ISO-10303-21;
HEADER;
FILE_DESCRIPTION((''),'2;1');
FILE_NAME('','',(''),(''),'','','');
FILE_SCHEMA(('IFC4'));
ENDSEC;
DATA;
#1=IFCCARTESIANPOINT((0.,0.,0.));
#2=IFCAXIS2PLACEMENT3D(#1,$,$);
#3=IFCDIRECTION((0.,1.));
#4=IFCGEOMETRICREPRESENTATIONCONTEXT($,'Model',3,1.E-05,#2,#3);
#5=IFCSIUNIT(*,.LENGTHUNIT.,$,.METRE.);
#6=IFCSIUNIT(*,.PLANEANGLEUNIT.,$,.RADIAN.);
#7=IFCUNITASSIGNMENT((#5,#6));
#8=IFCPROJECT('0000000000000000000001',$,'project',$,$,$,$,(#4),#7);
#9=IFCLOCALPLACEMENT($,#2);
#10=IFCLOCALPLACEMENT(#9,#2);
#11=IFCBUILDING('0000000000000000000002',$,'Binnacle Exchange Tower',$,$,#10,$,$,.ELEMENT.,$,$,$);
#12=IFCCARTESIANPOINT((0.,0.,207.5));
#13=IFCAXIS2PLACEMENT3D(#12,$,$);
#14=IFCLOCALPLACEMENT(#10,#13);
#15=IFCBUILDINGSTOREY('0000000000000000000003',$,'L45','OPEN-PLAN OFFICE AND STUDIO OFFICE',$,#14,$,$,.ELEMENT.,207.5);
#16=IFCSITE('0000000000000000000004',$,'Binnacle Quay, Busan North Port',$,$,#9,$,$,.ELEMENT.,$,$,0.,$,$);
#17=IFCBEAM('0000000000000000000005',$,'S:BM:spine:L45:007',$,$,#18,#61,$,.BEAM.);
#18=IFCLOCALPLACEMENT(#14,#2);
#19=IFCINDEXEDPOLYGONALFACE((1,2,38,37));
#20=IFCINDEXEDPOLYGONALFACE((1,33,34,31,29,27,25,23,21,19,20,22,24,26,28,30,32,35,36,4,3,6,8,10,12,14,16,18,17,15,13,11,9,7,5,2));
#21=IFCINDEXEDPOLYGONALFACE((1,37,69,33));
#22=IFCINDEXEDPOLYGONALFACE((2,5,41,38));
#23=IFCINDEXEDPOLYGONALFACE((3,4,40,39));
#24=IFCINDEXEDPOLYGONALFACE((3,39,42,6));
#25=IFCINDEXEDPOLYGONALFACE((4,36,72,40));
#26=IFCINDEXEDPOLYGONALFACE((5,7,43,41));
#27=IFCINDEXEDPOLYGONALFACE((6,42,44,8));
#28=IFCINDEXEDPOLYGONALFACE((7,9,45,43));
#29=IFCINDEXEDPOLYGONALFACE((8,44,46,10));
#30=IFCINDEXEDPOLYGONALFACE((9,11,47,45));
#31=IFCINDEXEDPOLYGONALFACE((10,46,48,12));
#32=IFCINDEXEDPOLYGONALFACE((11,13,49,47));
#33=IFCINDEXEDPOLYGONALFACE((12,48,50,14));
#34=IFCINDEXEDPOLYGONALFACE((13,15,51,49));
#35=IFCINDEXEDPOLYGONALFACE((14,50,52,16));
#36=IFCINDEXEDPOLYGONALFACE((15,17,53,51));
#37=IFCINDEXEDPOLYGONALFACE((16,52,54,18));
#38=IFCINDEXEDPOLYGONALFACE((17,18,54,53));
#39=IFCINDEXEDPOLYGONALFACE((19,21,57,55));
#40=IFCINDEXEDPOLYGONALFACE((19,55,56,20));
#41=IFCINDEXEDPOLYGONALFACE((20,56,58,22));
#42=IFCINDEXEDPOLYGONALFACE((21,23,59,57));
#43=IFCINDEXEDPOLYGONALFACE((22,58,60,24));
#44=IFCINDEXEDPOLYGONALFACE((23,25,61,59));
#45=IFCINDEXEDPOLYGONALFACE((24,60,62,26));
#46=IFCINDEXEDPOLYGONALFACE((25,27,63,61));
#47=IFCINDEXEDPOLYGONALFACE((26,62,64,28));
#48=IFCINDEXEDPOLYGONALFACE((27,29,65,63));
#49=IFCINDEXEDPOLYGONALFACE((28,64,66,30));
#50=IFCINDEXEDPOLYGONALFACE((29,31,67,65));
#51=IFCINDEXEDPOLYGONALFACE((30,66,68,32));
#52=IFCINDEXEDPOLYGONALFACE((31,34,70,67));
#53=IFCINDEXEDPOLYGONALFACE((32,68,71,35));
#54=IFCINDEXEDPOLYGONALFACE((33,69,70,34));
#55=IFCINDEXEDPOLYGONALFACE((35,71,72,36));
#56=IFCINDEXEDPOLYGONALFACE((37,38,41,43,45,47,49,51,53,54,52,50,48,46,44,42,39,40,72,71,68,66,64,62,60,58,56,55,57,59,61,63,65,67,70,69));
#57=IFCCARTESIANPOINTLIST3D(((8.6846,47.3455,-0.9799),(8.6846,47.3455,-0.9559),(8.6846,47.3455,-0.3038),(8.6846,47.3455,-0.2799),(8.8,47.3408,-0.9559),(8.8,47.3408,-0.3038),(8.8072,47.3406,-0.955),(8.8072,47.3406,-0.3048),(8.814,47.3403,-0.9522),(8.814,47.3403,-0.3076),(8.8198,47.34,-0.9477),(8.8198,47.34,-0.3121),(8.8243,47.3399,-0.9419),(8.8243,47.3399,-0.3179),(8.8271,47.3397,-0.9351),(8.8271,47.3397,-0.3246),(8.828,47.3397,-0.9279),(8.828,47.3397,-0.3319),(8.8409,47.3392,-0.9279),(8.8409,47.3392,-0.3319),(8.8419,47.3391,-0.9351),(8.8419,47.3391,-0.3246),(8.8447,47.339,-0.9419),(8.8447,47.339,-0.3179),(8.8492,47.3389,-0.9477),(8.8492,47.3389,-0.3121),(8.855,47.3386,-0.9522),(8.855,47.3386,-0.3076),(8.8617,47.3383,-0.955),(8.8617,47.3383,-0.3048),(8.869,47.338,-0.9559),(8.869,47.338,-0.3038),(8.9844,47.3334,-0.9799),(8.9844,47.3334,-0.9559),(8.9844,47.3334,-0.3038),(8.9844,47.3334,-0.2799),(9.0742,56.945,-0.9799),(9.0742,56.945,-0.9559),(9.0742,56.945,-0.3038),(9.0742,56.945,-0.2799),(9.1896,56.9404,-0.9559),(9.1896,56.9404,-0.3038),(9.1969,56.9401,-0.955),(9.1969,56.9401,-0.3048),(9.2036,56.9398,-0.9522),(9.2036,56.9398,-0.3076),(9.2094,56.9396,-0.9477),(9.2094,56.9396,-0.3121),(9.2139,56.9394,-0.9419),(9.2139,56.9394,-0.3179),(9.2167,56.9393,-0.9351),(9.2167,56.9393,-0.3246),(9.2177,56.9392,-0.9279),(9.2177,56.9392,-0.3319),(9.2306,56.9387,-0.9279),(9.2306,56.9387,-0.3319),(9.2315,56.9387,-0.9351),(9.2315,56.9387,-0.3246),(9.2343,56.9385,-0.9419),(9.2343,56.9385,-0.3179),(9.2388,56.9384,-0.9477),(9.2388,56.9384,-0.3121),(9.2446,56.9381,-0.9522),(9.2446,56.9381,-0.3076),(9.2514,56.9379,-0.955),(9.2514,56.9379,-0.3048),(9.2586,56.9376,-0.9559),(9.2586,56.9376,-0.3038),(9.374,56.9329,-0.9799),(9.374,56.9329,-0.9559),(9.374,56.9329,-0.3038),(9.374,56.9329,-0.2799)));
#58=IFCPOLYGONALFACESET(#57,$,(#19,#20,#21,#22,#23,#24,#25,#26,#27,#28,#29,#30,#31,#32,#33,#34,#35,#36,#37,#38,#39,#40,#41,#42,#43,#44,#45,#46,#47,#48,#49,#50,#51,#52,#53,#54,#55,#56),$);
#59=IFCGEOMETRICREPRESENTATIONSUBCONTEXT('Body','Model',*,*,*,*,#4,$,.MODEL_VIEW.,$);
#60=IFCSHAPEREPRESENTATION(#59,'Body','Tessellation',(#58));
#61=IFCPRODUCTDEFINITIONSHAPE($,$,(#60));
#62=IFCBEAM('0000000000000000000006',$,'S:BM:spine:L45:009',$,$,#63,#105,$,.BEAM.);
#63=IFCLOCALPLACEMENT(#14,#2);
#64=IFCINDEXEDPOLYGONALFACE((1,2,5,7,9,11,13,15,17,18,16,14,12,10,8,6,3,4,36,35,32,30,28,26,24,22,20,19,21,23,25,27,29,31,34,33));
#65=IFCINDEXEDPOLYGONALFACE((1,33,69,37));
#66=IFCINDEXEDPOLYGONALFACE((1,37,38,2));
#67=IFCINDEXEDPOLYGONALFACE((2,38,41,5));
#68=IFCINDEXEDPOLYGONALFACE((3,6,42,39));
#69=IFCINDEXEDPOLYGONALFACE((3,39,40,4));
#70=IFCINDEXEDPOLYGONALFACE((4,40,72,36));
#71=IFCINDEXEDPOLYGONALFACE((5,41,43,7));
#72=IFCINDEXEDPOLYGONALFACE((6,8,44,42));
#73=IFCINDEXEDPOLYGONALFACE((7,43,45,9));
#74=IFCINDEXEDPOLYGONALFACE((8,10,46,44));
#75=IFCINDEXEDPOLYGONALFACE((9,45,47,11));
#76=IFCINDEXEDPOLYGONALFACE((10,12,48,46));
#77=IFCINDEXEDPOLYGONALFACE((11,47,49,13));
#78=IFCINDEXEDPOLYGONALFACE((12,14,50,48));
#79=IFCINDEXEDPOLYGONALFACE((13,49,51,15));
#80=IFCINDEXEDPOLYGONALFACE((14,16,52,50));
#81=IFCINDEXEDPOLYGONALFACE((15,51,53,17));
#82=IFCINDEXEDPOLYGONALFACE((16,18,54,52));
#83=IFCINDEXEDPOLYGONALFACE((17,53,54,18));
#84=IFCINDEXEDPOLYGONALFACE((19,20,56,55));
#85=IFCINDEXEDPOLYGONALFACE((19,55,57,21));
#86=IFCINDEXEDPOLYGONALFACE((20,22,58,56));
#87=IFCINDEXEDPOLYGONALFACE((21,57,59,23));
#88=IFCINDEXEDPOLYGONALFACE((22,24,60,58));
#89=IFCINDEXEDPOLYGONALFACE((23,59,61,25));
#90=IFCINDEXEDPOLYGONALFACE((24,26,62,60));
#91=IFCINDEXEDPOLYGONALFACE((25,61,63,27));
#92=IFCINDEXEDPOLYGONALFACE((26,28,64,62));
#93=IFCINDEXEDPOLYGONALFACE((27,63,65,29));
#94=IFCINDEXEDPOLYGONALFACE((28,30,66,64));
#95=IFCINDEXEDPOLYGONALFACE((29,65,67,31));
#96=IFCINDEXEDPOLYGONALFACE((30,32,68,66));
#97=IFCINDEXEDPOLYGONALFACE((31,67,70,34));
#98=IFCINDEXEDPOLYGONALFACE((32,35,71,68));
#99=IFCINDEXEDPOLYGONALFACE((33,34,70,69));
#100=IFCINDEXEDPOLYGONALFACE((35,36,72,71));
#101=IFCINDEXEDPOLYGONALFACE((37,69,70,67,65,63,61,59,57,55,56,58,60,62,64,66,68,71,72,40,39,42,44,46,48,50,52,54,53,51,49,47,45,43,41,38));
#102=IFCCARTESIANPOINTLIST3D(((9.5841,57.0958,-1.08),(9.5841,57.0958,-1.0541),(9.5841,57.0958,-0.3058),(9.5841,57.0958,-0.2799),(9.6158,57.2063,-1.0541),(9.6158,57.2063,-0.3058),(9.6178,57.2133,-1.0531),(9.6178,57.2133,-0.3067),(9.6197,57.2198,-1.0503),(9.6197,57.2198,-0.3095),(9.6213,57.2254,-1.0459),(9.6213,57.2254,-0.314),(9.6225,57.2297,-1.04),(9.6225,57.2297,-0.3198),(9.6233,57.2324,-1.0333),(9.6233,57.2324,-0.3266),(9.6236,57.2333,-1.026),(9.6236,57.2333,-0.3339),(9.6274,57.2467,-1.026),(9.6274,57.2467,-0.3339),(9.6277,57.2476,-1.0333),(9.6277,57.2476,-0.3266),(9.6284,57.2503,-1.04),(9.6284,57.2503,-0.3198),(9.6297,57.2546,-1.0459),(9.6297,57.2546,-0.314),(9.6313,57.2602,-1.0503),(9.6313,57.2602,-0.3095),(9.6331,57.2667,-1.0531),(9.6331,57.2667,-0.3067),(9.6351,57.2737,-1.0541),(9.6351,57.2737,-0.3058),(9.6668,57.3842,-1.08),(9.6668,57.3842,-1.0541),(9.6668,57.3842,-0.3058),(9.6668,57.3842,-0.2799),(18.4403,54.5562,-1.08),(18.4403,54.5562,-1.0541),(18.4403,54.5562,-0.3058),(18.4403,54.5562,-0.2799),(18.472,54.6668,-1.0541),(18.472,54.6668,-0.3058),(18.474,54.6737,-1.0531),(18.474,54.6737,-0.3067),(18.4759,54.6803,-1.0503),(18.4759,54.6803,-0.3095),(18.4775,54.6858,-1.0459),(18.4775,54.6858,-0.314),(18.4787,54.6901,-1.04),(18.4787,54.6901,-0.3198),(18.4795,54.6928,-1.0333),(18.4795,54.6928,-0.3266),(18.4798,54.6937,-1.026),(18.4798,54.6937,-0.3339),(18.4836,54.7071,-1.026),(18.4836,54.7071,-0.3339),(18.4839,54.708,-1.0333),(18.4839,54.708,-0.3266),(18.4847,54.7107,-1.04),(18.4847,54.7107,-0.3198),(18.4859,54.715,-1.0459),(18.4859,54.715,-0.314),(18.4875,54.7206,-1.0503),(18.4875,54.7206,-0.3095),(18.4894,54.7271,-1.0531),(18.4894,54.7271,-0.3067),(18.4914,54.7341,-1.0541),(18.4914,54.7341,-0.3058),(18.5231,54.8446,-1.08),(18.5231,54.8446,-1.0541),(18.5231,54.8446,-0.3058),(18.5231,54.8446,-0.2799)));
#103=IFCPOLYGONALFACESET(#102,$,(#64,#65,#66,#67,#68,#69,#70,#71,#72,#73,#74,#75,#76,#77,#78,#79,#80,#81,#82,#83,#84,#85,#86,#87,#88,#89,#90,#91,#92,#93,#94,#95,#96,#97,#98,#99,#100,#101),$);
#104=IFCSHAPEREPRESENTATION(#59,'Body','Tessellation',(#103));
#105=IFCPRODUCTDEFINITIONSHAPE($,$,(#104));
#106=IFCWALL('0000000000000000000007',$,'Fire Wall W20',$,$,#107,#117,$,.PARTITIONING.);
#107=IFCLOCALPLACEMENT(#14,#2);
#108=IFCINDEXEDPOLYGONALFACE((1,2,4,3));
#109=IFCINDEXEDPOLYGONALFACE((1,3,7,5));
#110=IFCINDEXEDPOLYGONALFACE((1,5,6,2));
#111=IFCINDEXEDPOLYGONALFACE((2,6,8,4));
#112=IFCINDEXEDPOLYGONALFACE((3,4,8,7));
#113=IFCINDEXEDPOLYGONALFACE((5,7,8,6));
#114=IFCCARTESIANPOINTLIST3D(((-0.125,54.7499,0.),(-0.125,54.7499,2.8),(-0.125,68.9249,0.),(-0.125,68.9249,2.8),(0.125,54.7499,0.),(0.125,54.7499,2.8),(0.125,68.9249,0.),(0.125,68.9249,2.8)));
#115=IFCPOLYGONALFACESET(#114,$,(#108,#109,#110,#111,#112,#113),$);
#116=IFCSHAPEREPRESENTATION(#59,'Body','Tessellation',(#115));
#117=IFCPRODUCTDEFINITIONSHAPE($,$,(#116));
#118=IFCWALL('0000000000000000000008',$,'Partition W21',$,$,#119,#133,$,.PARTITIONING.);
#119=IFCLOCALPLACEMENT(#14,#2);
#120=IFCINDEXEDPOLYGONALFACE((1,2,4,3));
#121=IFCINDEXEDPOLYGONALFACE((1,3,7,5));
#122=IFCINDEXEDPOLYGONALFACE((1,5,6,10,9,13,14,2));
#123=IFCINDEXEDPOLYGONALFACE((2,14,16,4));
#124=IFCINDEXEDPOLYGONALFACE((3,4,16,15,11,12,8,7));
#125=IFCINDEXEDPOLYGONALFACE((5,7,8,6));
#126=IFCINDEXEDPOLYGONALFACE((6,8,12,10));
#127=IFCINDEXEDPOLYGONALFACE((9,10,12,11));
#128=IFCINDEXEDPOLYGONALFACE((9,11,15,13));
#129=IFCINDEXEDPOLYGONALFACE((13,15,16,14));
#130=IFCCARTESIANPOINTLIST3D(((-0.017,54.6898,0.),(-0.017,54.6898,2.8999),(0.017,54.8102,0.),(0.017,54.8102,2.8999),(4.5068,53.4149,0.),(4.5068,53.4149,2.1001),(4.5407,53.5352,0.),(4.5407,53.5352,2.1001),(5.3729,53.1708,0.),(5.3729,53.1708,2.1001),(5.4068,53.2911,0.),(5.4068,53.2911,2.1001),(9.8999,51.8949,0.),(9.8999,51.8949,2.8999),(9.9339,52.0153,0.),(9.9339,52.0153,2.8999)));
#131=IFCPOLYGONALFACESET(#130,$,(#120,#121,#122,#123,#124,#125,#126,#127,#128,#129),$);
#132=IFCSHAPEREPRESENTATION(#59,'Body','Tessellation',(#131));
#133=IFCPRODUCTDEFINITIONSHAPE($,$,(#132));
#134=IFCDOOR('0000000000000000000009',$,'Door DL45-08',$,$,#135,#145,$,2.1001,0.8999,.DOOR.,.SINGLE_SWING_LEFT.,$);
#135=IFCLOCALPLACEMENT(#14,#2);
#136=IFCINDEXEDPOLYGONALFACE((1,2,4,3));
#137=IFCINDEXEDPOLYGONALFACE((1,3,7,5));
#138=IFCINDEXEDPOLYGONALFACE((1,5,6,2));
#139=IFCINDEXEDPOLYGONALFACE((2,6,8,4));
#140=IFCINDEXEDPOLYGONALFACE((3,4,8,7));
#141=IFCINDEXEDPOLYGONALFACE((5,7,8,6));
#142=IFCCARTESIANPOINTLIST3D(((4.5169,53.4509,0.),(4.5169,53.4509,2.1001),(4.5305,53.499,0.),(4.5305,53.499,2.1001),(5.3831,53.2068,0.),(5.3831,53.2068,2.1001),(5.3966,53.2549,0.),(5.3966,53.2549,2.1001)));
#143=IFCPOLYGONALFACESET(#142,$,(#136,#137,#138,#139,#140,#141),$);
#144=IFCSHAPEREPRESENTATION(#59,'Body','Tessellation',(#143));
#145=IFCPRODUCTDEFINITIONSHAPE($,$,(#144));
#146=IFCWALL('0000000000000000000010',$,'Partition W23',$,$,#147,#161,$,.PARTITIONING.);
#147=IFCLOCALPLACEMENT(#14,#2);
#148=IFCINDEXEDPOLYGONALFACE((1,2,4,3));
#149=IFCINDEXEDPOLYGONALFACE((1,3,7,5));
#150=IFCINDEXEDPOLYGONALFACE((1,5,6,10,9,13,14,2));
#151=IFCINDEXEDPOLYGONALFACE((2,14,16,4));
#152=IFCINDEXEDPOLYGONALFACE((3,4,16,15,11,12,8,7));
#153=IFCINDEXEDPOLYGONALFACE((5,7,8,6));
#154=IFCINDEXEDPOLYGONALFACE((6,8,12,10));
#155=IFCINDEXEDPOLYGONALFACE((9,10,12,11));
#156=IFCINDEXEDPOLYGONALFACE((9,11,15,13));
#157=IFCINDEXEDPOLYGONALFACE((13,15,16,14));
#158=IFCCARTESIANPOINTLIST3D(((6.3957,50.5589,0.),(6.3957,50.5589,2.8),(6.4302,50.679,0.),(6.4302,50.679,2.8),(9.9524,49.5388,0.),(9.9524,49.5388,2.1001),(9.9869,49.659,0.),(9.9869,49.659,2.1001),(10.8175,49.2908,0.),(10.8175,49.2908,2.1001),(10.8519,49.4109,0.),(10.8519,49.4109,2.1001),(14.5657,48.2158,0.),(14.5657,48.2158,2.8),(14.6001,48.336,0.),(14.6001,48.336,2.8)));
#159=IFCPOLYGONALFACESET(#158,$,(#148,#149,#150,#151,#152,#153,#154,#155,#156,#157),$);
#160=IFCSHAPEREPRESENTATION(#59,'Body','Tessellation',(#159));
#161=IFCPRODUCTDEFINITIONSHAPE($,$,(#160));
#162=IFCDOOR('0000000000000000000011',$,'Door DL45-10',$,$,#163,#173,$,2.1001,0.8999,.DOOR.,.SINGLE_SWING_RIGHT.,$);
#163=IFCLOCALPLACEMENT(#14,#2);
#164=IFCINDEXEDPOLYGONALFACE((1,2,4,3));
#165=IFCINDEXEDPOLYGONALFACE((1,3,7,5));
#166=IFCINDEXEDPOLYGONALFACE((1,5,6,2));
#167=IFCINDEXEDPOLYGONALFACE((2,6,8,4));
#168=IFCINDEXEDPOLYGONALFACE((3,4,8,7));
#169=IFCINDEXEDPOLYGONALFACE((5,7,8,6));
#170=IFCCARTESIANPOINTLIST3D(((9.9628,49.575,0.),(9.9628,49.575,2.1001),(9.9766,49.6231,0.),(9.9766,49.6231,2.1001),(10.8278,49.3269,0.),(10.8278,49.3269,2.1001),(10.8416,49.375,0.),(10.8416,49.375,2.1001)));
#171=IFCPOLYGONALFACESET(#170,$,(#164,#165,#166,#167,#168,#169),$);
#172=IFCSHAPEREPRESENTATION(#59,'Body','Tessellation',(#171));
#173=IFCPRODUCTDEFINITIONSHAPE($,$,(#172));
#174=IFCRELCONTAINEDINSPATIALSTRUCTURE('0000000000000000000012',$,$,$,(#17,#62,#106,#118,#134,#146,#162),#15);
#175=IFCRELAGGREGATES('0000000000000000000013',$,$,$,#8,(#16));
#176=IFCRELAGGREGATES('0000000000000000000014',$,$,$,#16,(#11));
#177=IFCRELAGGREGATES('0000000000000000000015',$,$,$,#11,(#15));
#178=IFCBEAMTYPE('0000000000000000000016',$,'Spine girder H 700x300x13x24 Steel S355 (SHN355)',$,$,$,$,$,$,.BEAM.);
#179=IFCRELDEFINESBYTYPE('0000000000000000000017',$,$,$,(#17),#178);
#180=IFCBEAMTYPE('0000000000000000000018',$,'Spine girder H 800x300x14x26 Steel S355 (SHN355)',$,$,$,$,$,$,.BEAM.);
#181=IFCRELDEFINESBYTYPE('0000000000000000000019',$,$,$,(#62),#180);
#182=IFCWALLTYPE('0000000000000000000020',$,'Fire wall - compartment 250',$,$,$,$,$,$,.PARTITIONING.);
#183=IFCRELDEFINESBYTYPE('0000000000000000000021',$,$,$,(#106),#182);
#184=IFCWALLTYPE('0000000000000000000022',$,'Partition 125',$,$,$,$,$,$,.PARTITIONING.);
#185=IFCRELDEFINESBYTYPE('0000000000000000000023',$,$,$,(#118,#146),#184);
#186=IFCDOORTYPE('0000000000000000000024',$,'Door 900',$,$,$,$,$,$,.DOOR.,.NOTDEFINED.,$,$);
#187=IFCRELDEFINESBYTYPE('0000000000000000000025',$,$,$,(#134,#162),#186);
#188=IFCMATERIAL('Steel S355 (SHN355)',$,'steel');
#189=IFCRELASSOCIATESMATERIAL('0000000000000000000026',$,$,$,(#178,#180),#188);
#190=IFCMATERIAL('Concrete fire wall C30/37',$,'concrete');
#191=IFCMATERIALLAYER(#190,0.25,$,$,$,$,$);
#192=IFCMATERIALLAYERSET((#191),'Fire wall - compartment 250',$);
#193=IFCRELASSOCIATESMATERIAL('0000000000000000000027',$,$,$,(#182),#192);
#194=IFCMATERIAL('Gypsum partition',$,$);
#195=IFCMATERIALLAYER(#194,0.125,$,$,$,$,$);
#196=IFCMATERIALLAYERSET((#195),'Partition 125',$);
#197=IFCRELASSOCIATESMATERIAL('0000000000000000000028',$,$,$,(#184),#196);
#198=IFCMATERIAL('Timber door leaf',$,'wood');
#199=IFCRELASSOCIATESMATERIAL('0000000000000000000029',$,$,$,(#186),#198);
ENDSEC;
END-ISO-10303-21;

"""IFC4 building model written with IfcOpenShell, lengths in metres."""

from ifc_helpers import new_model, si_unit, direction, frame, frame_2d, origin, origin_2d, place, context, subcontext, project, spatial, rectangle, i_section, extrude, material, layer, layer_set, material_profile, profile_set, type_object, element, fill, save


model = new_model("IFC4")

# Units and contexts
model_context = context("Model", 3, precision=1e-05, world=origin(), true_north=direction((0.0, 1.0)))
body_context = subcontext(model_context, "Body", "Model", "MODEL_VIEW")
ifc_project = project(units=[si_unit("LENGTHUNIT", "METRE"), si_unit("PLANEANGLEUNIT", "RADIAN")], contexts=[model_context])

# Site, building, storey
site_placement = place(None, origin())
site = spatial("IfcSite", under=ifc_project, at=site_placement, Name="Binnacle Quay, Busan North Port", CompositionType="ELEMENT", RefElevation=0.0)
building_placement = place(site_placement, origin())
building = spatial("IfcBuilding", under=site, at=building_placement, Name="Binnacle Exchange Tower", CompositionType="ELEMENT")
storey_placement = place(building_placement, frame((0.0, 0.0, 207.5)))
storey = spatial("IfcBuildingStorey", under=building, at=storey_placement, Name="L45", Description="OPEN-PLAN OFFICE AND STUDIO OFFICE", CompositionType="ELEMENT", Elevation=207.5)

# Beams
ifc_material_1 = material(Name="Steel S355 (SHN355)", Category="steel")
ifc_material_profile_1 = material_profile(ifc_material_1, i_section(OverallWidth=0.3, OverallDepth=0.7, WebThickness=0.0129, FlangeThickness=0.0239, FilletRadius=0.0281, at=origin_2d()), Name="H 700x300x13x24")
ifc_profile_set_1 = profile_set([ifc_material_profile_1], Name="Steel S355 (SHN355)")
beam_type_1 = type_object("IfcBeamType", Name="Spine girder H 700x300x13x24 Steel S355 (SHN355)", PredefinedType="BEAM", material=ifc_profile_set_1)
beam_1_placement = place(storey_placement, frame((9.2241, 56.939, -0.6299), z_axis=(-0.040557, -0.999177, 0.0), x_axis=(0.999177, -0.040557, 0.0)))
element("IfcBeam", 1, at=beam_1_placement, inside=storey, type_object=beam_type_1, Name="S:BM:spine:L45:007", PredefinedType="BEAM", context=body_context, shape_type="SweptSolid", body=[
    extrude(i_section(OverallWidth=0.3, OverallDepth=0.7, WebThickness=0.0129, FlangeThickness=0.0239, FilletRadius=0.0281, at=origin_2d()), origin(), (0.0, 0.0, 1.0), 9.6074),
])
ifc_material_profile_2 = material_profile(ifc_material_1, i_section(OverallWidth=0.3, OverallDepth=0.8, WebThickness=0.0139, FlangeThickness=0.0259, FilletRadius=0.0281, at=origin_2d()), Name="H 800x300x14x26")
ifc_profile_set_2 = profile_set([ifc_material_profile_2], Name="Steel S355 (SHN355)")
beam_type_2 = type_object("IfcBeamType", Name="Spine girder H 800x300x14x26 Steel S355 (SHN355)", PredefinedType="BEAM", material=ifc_profile_set_2)
beam_2_placement = place(storey_placement, frame((9.6255, 57.24, -0.6799), z_axis=(0.96126, -0.275645, 0.0), x_axis=(0.275645, 0.96126, 0.0)))
element("IfcBeam", 2, at=beam_2_placement, inside=storey, type_object=beam_type_2, Name="S:BM:spine:L45:009", PredefinedType="BEAM", context=body_context, shape_type="SweptSolid", body=[
    extrude(i_section(OverallWidth=0.3, OverallDepth=0.8, WebThickness=0.0139, FlangeThickness=0.0259, FilletRadius=0.0281, at=origin_2d()), origin(), (0.0, 0.0, 1.0), 9.2131),
])

# Wall
ifc_material_2 = material(Name="Concrete fire wall C30/37", Category="concrete")
ifc_layer_1 = layer(ifc_material_2, 0.25)
ifc_layer_set_1 = layer_set([ifc_layer_1], Name="Fire wall - compartment 250")
wall_type_1 = type_object("IfcWallType", Name="Fire wall - compartment 250", PredefinedType="PARTITIONING", material=ifc_layer_set_1)
wall_1_placement = place(storey_placement, frame((0.0, 54.75, 0.0), z_axis=(0.0, 0.0, 1.0), x_axis=(0.0, 1.0, 0.0)))
element("IfcWall", 3, at=wall_1_placement, inside=storey, type_object=wall_type_1, Name="Fire Wall W20", PredefinedType="PARTITIONING", context=body_context, shape_type="SweptSolid", body=[
    extrude(rectangle(XDim=14.175, YDim=0.25, at=frame_2d((7.0874, 0.0))), origin(), (0.0, 0.0, 1.0), 2.8),
])

# Walls, openings, doors
ifc_material_3 = material(Name="Gypsum partition")
ifc_layer_2 = layer(ifc_material_3, 0.125)
ifc_layer_set_2 = layer_set([ifc_layer_2], Name="Partition 125")
wall_type_2 = type_object("IfcWallType", Name="Partition 125", PredefinedType="PARTITIONING", material=ifc_layer_set_2)
wall_2_placement = place(storey_placement, frame((0.0, 54.75, 0.0), z_axis=(0.0, 0.0, 1.0), x_axis=(0.962505, -0.271264, 0.0)))
wall_2 = element("IfcWall", 4, at=wall_2_placement, inside=storey, type_object=wall_type_2, Name="Partition W21", PredefinedType="PARTITIONING", context=body_context, shape_type="SweptSolid", body=[
    extrude(rectangle(XDim=10.3032, YDim=0.125, at=frame_2d((5.1516, 0.0))), origin(), (0.0, 0.0, 1.0), 2.8999),
])
opening_1_placement = place(wall_2_placement, frame((4.7, 0.0, 0.0)))
opening_1 = element("IfcOpeningElement", 5, at=opening_1_placement, cuts=wall_2, PredefinedType="OPENING", context=body_context, shape_type="SweptSolid", body=[
    extrude(rectangle(XDim=0.8999, YDim=2.1001, at=frame_2d((0.45, 1.05))), frame((0.0, 0.0725, 0.0), z_axis=(0.0, -1.0, 0.0), x_axis=(1.0, 0.0, 0.0)), (0.0, 0.0, 1.0), 0.145),
])
ifc_material_4 = material(Name="Timber door leaf", Category="wood")
door_type = type_object("IfcDoorType", Name="Door 900", OperationType="NOTDEFINED", PredefinedType="DOOR", material=ifc_material_4)
door_1_placement = place(opening_1_placement, origin())
door_1 = element("IfcDoor", 6, at=door_1_placement, inside=storey, type_object=door_type, Name="Door DL45-08", OperationType="SINGLE_SWING_LEFT", OverallHeight=2.1001, OverallWidth=0.8999, PredefinedType="DOOR", context=body_context, shape_type="SweptSolid", body=[
    extrude(rectangle(XDim=0.8999, YDim=2.1001, at=frame_2d((0.45, 1.05))), frame((0.0, 0.0249, 0.0), z_axis=(0.0, -1.0, 0.0), x_axis=(1.0, 0.0, 0.0)), (0.0, 0.0, 1.0), 0.05),
])
fill(opening_1, door_1)
wall_3_placement = place(storey_placement, frame((6.4131, 50.6189, 0.0), z_axis=(0.0, 0.0, 1.0), x_axis=(0.961251, -0.275673, 0.0)))
wall_3 = element("IfcWall", 7, at=wall_3_placement, inside=storey, type_object=wall_type_2, Name="Partition W23", PredefinedType="PARTITIONING", context=body_context, shape_type="SweptSolid", body=[
    extrude(rectangle(XDim=8.4993, YDim=0.125, at=frame_2d((4.2495, 0.0))), origin(), (0.0, 0.0, 1.0), 2.8),
])
opening_2_placement = place(wall_3_placement, frame((3.7, 0.0, 0.0)))
opening_2 = element("IfcOpeningElement", 8, at=opening_2_placement, cuts=wall_3, PredefinedType="OPENING", context=body_context, shape_type="SweptSolid", body=[
    extrude(rectangle(XDim=0.8999, YDim=2.1001, at=frame_2d((0.45, 1.05))), frame((0.0, 0.0725, 0.0), z_axis=(0.0, -1.0, 0.0), x_axis=(1.0, 0.0, 0.0)), (0.0, 0.0, 1.0), 0.145),
])
door_2_placement = place(opening_2_placement, frame((0.8999, 0.0, 0.0), z_axis=(0.0, 0.0, 1.0), x_axis=(-1.0, 0.0, 0.0)))
door_2 = element("IfcDoor", 9, at=door_2_placement, inside=storey, type_object=door_type, Name="Door DL45-10", OperationType="SINGLE_SWING_RIGHT", OverallHeight=2.1001, OverallWidth=0.8999, PredefinedType="DOOR", context=body_context, shape_type="SweptSolid", body=[
    extrude(rectangle(XDim=0.8999, YDim=2.1001, at=frame_2d((0.45, 1.05))), frame((0.0, 0.0249, 0.0), z_axis=(0.0, -1.0, 0.0), x_axis=(1.0, 0.0, 0.0)), (0.0, 0.0, 1.0), 0.05),
])
fill(opening_2, door_2)

save(model, "model.ifc")
